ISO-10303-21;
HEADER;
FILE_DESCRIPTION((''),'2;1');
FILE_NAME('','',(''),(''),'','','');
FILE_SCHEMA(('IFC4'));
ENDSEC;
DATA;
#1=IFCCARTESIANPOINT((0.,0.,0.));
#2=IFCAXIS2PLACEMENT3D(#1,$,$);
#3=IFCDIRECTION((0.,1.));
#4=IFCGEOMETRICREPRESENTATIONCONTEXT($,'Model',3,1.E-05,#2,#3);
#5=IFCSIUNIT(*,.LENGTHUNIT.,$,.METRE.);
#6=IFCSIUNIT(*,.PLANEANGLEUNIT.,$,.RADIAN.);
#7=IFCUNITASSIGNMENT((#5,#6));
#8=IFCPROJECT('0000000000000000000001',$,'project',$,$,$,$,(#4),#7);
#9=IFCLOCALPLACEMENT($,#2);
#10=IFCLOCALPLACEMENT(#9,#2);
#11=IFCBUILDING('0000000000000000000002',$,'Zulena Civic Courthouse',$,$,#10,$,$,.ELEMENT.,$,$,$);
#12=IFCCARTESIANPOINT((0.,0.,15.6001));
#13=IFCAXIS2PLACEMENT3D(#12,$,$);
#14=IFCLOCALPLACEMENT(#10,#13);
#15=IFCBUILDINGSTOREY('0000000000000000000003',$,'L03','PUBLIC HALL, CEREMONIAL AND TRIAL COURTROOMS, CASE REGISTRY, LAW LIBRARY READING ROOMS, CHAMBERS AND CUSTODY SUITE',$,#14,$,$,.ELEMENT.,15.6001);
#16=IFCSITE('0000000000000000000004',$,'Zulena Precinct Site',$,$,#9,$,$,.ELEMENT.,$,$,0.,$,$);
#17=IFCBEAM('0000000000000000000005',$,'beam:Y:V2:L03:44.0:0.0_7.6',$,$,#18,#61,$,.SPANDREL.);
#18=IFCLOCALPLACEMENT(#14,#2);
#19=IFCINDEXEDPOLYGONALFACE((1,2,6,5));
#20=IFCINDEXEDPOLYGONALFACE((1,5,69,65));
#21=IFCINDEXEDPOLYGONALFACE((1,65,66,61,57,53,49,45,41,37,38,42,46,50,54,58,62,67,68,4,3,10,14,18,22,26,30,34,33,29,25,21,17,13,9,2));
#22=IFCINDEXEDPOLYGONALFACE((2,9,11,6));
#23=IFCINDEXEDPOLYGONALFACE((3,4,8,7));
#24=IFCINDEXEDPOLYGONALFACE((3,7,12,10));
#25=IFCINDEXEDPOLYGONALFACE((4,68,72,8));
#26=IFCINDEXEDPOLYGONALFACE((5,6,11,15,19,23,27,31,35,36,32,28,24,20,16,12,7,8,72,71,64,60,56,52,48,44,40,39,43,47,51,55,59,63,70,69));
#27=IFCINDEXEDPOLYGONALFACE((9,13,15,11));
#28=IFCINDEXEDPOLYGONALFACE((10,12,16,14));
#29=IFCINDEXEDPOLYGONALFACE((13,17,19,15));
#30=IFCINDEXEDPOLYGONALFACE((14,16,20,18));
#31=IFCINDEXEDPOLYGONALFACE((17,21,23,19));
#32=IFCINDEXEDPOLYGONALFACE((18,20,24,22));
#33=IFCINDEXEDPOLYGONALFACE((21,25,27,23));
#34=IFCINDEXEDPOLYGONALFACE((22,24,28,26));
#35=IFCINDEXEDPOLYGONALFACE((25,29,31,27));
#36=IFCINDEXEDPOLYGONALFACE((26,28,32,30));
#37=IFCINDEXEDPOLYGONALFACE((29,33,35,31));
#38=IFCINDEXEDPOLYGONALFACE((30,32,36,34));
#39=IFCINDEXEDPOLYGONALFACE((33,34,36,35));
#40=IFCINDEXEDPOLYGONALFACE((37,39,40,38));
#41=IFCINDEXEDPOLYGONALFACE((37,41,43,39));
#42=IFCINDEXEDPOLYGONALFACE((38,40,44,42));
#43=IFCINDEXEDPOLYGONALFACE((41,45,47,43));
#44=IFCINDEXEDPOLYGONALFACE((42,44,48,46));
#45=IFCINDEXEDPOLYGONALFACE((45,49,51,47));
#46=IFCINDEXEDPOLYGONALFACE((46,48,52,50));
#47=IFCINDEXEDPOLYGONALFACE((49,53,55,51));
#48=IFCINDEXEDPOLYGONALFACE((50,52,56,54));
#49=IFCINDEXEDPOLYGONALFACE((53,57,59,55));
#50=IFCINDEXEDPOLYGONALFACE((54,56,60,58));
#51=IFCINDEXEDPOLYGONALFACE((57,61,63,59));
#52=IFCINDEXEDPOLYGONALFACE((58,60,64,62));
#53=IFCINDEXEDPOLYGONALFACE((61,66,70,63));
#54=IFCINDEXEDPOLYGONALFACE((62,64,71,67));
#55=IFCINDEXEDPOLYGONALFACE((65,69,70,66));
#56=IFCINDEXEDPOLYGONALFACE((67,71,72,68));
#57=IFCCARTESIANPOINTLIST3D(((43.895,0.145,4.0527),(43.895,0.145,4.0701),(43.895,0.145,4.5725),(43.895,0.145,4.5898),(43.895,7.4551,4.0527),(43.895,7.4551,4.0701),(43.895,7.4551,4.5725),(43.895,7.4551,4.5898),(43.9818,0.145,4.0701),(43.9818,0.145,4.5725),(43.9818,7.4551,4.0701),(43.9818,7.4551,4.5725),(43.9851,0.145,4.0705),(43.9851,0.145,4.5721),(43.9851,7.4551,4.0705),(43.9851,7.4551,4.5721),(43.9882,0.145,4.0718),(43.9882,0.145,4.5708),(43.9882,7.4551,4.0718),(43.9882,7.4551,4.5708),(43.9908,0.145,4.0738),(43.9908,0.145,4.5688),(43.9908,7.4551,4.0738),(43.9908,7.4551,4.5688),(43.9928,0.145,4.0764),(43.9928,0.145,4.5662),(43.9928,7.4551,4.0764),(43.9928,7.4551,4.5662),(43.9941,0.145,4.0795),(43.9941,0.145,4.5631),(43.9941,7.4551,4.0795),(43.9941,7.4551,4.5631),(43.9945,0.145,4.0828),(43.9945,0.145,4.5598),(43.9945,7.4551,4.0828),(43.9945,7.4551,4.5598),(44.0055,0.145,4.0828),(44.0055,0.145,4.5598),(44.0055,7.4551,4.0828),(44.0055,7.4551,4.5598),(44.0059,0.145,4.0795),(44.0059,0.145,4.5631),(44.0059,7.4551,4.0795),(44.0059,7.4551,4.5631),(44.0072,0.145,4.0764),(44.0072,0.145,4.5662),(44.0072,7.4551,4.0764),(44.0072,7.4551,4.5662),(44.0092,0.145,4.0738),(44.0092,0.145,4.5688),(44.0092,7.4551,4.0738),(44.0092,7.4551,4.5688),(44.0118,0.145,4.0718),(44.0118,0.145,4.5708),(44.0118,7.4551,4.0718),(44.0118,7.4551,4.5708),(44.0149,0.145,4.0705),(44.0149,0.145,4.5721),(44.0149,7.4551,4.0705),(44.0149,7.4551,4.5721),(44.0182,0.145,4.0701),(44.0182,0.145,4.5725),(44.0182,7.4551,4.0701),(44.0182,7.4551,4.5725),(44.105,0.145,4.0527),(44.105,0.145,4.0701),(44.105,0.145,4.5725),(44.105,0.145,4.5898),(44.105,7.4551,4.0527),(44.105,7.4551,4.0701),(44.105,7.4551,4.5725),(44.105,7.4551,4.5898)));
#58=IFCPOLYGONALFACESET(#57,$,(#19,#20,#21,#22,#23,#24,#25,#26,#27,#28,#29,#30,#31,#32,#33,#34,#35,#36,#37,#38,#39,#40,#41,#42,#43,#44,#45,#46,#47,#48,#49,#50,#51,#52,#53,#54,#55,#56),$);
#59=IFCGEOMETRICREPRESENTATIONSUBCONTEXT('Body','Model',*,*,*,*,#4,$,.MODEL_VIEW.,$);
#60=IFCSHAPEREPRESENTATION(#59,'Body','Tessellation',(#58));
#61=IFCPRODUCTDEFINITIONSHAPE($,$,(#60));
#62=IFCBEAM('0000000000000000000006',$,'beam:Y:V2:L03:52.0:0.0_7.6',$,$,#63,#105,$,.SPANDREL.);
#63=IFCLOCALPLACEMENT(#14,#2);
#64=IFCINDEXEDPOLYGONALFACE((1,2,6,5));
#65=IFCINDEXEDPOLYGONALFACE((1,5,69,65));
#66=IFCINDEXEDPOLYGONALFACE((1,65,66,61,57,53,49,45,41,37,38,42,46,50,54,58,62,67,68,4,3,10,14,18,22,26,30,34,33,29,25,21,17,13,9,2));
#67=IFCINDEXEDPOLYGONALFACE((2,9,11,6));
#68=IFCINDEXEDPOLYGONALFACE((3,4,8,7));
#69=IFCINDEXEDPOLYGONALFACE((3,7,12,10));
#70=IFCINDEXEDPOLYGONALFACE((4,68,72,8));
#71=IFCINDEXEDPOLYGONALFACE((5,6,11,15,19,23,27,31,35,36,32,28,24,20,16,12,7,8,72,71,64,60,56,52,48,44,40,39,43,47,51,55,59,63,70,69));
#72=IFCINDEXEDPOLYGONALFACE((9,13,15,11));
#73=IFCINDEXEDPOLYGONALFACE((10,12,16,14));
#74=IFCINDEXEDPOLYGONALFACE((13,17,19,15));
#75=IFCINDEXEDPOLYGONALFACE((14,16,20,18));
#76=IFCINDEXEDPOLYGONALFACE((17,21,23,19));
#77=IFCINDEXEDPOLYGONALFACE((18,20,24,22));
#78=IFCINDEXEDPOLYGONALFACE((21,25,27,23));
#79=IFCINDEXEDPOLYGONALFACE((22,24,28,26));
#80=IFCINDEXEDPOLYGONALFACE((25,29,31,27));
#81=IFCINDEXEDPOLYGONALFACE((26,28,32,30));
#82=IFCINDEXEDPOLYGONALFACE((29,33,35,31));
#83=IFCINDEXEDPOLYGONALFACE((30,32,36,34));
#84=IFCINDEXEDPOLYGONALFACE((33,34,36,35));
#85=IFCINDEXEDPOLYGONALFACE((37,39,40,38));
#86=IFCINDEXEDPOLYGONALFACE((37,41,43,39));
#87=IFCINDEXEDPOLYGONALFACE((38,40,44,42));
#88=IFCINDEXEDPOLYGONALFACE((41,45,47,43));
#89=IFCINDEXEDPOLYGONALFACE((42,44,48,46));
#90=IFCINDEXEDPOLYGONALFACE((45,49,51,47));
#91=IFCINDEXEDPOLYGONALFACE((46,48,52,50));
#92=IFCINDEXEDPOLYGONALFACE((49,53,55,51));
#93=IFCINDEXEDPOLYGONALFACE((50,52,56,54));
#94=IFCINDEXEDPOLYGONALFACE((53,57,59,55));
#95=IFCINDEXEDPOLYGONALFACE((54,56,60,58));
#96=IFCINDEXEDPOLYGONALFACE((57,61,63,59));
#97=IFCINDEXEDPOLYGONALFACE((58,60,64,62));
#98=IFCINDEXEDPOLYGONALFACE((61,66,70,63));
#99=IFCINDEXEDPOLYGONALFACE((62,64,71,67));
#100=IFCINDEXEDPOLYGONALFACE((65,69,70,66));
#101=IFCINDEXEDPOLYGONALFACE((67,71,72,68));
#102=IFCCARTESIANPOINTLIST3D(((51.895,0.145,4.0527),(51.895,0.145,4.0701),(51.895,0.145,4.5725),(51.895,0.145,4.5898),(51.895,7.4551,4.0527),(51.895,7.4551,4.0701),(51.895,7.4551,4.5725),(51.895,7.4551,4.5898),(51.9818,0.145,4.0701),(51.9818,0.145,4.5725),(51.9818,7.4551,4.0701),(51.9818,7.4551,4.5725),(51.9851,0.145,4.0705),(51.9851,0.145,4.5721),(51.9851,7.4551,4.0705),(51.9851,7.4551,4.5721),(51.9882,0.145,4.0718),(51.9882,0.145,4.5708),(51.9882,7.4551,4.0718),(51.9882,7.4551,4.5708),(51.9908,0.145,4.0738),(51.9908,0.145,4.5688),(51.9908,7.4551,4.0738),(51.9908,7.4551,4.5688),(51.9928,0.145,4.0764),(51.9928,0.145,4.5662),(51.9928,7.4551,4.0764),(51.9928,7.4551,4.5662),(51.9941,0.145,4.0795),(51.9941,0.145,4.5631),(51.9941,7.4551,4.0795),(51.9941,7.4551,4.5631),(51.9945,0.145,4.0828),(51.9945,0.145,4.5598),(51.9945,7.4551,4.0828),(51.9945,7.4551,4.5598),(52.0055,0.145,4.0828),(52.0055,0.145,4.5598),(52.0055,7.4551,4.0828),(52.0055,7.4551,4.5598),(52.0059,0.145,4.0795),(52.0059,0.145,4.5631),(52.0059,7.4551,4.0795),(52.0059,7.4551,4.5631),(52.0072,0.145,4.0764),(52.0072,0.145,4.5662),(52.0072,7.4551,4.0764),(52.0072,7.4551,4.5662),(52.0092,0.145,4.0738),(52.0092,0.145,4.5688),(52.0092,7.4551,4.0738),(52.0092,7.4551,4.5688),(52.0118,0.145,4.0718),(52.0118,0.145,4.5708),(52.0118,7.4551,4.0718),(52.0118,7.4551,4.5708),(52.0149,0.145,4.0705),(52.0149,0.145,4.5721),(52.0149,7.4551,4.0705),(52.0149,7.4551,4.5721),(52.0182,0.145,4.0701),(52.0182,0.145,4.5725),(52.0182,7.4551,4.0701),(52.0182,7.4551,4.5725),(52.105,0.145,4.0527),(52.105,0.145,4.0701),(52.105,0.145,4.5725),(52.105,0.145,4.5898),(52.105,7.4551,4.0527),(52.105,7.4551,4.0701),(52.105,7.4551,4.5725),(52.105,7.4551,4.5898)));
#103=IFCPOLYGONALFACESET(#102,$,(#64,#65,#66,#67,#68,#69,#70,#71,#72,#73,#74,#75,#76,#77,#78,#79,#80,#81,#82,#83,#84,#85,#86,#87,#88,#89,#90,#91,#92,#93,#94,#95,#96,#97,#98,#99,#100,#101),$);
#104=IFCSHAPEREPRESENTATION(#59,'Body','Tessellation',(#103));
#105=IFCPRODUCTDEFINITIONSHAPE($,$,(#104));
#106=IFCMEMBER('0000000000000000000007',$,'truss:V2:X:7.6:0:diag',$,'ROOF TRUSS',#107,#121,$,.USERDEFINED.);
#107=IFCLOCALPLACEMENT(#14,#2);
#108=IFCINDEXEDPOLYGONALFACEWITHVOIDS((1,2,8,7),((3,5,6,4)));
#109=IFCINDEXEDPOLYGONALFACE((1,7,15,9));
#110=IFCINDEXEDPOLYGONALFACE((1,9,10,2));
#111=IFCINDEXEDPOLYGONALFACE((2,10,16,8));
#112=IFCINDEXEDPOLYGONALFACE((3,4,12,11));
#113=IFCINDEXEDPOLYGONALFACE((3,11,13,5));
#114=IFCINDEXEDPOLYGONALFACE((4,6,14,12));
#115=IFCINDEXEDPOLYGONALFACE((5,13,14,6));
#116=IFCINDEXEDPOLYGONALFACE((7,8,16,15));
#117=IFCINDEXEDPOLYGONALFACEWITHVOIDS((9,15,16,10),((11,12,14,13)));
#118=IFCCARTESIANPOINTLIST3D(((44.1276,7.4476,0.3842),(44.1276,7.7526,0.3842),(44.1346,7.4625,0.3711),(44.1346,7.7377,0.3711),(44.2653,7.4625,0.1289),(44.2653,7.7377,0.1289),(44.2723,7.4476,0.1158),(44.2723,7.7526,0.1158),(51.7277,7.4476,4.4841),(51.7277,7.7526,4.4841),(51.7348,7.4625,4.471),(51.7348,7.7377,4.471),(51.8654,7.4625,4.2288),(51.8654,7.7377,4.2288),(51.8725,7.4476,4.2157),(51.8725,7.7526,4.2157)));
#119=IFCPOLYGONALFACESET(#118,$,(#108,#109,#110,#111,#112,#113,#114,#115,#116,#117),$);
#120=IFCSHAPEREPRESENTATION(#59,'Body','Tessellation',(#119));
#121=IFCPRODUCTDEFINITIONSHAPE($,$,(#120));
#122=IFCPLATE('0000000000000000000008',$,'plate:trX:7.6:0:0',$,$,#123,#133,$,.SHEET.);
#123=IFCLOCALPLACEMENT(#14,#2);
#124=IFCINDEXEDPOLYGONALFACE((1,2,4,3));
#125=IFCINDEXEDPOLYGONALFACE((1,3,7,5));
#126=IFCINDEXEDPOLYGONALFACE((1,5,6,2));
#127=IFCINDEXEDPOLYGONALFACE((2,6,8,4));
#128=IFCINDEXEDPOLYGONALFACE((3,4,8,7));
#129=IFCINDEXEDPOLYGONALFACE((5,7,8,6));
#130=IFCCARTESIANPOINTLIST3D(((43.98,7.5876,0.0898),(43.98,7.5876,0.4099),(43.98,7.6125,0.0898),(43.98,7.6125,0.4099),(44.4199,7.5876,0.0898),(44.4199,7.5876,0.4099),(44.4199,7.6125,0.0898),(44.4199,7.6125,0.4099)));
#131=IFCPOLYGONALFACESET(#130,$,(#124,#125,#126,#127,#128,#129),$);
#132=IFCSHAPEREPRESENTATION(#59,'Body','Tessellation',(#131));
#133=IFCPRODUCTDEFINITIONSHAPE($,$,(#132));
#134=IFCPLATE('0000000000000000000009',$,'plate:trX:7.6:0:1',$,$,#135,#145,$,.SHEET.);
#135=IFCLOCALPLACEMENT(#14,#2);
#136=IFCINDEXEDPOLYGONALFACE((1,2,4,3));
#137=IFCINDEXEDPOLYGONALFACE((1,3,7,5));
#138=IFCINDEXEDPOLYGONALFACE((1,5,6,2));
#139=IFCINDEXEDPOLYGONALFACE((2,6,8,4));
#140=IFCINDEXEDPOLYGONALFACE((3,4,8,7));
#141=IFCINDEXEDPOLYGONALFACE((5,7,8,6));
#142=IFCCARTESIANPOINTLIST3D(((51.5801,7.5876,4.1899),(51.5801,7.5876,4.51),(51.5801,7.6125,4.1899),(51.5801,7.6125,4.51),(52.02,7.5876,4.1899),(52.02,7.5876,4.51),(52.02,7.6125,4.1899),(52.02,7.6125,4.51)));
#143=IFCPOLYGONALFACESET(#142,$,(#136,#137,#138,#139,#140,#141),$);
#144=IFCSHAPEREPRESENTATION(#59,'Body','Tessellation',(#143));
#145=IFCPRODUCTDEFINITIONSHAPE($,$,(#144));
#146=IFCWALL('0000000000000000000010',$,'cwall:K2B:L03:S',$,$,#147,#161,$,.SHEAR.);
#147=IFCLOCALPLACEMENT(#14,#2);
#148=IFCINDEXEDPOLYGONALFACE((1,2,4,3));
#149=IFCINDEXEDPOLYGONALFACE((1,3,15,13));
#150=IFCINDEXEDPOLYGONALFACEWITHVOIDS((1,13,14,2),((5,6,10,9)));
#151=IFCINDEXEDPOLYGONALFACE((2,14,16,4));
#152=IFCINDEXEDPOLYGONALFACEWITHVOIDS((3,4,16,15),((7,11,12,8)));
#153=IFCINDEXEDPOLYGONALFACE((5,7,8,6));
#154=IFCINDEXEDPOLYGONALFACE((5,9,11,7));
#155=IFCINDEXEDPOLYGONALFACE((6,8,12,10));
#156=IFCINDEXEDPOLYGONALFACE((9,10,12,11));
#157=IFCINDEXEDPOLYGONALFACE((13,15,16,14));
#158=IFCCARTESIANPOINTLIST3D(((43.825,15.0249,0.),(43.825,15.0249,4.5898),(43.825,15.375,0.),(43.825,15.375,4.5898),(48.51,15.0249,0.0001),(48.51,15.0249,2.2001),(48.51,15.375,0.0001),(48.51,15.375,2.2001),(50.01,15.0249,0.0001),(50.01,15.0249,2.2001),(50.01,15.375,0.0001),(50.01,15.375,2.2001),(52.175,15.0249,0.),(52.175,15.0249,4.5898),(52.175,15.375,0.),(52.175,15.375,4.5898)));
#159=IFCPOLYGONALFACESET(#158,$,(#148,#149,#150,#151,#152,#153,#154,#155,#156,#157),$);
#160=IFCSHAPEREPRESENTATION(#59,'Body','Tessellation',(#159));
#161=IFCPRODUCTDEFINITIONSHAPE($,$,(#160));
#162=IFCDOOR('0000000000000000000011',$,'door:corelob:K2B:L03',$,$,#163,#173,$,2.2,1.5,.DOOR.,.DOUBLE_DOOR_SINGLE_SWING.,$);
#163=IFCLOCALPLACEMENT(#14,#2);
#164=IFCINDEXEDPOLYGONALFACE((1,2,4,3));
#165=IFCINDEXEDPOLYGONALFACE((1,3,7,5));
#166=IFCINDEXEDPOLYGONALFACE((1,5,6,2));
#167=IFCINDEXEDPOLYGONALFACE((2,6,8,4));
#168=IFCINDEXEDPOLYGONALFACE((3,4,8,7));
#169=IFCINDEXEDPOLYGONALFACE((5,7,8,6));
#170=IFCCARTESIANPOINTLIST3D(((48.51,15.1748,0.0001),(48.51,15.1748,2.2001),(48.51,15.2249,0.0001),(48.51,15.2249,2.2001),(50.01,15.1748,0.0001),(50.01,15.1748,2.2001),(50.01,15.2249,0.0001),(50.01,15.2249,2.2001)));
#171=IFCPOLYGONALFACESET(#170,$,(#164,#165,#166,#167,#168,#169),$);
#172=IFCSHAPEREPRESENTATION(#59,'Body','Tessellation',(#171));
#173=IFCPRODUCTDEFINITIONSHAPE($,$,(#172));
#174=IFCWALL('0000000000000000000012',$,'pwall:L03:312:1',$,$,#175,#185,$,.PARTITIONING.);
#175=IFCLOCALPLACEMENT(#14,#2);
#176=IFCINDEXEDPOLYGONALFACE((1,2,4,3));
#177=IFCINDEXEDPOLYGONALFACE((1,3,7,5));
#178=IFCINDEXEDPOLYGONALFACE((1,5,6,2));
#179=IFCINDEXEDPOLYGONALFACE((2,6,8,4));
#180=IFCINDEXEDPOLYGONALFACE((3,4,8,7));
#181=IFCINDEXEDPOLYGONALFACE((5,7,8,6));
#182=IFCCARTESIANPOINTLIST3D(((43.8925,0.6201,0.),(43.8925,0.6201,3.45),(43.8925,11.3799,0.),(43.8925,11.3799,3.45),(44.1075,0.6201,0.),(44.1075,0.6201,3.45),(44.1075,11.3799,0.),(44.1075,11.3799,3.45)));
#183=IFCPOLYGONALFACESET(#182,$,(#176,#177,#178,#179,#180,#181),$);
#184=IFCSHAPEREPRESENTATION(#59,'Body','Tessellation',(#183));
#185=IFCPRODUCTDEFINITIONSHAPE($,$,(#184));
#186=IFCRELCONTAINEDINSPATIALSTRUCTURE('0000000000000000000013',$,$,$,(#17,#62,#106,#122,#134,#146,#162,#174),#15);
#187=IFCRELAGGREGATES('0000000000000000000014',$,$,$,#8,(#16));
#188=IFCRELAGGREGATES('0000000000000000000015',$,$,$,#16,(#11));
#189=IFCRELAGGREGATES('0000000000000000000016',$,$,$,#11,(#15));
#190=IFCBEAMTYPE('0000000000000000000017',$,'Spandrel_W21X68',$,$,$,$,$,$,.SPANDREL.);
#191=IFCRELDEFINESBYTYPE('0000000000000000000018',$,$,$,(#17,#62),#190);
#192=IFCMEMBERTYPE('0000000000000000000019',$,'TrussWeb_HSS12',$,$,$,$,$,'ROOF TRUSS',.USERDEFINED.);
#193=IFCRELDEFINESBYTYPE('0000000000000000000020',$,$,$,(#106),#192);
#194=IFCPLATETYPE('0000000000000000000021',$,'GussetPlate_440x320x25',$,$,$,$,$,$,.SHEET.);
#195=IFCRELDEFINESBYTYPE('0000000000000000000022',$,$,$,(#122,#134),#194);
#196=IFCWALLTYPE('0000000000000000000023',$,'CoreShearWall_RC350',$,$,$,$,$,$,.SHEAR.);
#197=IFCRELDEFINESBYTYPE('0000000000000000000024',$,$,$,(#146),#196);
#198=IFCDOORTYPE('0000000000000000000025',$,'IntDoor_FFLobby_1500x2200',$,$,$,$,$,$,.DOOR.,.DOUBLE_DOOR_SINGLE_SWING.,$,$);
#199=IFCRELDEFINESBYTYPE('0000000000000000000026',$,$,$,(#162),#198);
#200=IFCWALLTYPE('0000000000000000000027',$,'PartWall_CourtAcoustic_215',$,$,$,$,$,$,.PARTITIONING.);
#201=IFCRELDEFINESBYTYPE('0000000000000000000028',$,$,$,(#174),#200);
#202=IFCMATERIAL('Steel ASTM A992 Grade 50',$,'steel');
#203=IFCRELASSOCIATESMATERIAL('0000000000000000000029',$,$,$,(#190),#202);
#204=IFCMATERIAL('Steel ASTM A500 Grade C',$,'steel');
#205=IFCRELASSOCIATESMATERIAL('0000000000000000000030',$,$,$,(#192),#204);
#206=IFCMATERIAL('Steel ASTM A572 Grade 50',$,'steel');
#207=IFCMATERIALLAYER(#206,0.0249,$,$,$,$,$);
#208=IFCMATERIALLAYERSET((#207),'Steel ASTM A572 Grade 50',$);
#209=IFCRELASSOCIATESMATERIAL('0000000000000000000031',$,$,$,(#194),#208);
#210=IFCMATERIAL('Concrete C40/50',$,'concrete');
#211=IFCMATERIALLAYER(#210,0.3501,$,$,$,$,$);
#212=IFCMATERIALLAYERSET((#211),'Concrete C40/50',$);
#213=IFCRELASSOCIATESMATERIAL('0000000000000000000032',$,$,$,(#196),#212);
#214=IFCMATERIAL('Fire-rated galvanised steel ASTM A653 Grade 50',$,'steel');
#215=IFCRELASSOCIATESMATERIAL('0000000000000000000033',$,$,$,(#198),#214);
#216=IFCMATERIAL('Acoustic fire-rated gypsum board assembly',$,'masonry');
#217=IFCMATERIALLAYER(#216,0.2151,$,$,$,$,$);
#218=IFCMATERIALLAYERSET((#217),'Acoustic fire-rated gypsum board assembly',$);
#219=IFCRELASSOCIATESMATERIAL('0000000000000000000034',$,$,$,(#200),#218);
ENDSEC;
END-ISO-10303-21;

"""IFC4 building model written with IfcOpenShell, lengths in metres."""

from ifc_helpers import new_model, si_unit, direction, frame, frame_2d, origin, origin_2d, place, context, subcontext, project, spatial, rectangle, hollow_rectangle, i_section, extrude, material, layer, layer_set, material_profile, profile_set, type_object, element, fill, save


model = new_model("IFC4")

# Units and contexts
model_context = context("Model", 3, precision=1e-05, world=origin(), true_north=direction((0.0, 1.0)))
body_context = subcontext(model_context, "Body", "Model", "MODEL_VIEW")
ifc_project = project(units=[si_unit("LENGTHUNIT", "METRE"), si_unit("PLANEANGLEUNIT", "RADIAN")], contexts=[model_context])

# Site, building, storey
site_placement = place(None, origin())
site = spatial("IfcSite", under=ifc_project, at=site_placement, Name="Zulena Precinct Site", CompositionType="ELEMENT", RefElevation=0.0)
building_placement = place(site_placement, origin())
building = spatial("IfcBuilding", under=site, at=building_placement, Name="Zulena Civic Courthouse", CompositionType="ELEMENT")
storey_placement = place(building_placement, frame((0.0, 0.0, 15.6001)))
storey = spatial("IfcBuildingStorey", under=building, at=storey_placement, Name="L03", Description="PUBLIC HALL, CEREMONIAL AND TRIAL COURTROOMS, CASE REGISTRY, LAW LIBRARY READING ROOMS, CHAMBERS AND CUSTODY SUITE", CompositionType="ELEMENT", Elevation=15.6001)

# Shared definitions
ifc_material_1 = material(Name="Steel ASTM A992 Grade 50", Category="steel")

# Beams
ifc_material_profile_1 = material_profile(ifc_material_1, i_section(OverallWidth=0.21, OverallDepth=0.5371, WebThickness=0.011, FlangeThickness=0.0173, FilletRadius=0.0127, at=origin_2d()), Name="W21X68")
ifc_profile_set_1 = profile_set([ifc_material_profile_1], Name="Steel ASTM A992 Grade 50")
beam_type_1 = type_object("IfcBeamType", Name="Spandrel_W21X68", PredefinedType="SPANDREL", material=ifc_profile_set_1)
for number, where, z_axis, x_axis, name in (
    (1, (44.0, 0.145, 4.3213), (0.0, 1.0, 0.0), (-1.0, 0.0, 0.0), "beam:Y:V2:L03:44.0:0.0_7.6"),
    (2, (52.0, 0.145, 4.3213), (0.0, 1.0, 0.0), (-1.0, 0.0, 0.0), "beam:Y:V2:L03:52.0:0.0_7.6"),
):
    element("IfcBeam", number, at=place(storey_placement, frame(where, z_axis=z_axis, x_axis=x_axis)), inside=storey, type_object=beam_type_1, Name=name, PredefinedType="SPANDREL", context=body_context, shape_type="SweptSolid", body=[
        extrude(i_section(OverallWidth=0.21, OverallDepth=0.5371, WebThickness=0.011, FlangeThickness=0.0173, FilletRadius=0.0127, at=origin_2d()), origin(), (0.0, 0.0, 1.0), 7.3101),
    ])

# Member
ifc_material_2 = material(Name="Steel ASTM A500 Grade C", Category="steel")
ifc_material_profile_2 = material_profile(ifc_material_2, hollow_rectangle(XDim=0.3049, YDim=0.3049, WallThickness=0.0149, at=origin_2d()), Name="HSS12X12X5/8")
ifc_profile_set_2 = profile_set([ifc_material_profile_2], Name="Steel ASTM A500 Grade C")
member_type = type_object("IfcMemberType", Name="TrussWeb_HSS12", ElementType="ROOF TRUSS", PredefinedType="USERDEFINED", material=ifc_profile_set_2)
member_placement = place(storey_placement, frame((44.2, 7.6001, 0.25), z_axis=(0.880109, 0.0, 0.474772), x_axis=(0.0, 1.0, 0.0)))
element("IfcMember", 3, at=member_placement, inside=storey, type_object=member_type, Name="truss:V2:X:7.6:0:diag", ObjectType="ROOF TRUSS", PredefinedType="USERDEFINED", context=body_context, shape_type="SweptSolid", body=[
    extrude(hollow_rectangle(XDim=0.3049, YDim=0.3049, WallThickness=0.0149, at=origin_2d()), origin(), (0.0, 0.0, 1.0), 8.6355),
])

# Plates
ifc_material_3 = material(Name="Steel ASTM A572 Grade 50", Category="steel")
ifc_layer_1 = layer(ifc_material_3, 0.0249)
ifc_layer_set_1 = layer_set([ifc_layer_1], Name="Steel ASTM A572 Grade 50")
plate_type = type_object("IfcPlateType", Name="GussetPlate_440x320x25", PredefinedType="SHEET", material=ifc_layer_set_1)
for number, where, z_axis, x_axis, name in (
    (4, (44.2, 7.6001, 0.0898), (0.0, 0.0, 1.0), (1.0, 0.0, 0.0), "plate:trX:7.6:0:0"),
    (5, (51.8, 7.6001, 4.1899), (0.0, 0.0, 1.0), (1.0, 0.0, 0.0), "plate:trX:7.6:0:1"),
):
    element("IfcPlate", number, at=place(storey_placement, frame(where, z_axis=z_axis, x_axis=x_axis)), inside=storey, type_object=plate_type, Name=name, PredefinedType="SHEET", context=body_context, shape_type="SweptSolid", body=[
        extrude(rectangle(XDim=0.4399, YDim=0.0249, at=origin_2d()), origin(), (0.0, 0.0, 1.0), 0.3201),
    ])

# Wall, opening, door
ifc_material_4 = material(Name="Concrete C40/50", Category="concrete")
ifc_layer_2 = layer(ifc_material_4, 0.3501)
ifc_layer_set_2 = layer_set([ifc_layer_2], Name="Concrete C40/50")
wall_type_1 = type_object("IfcWallType", Name="CoreShearWall_RC350", PredefinedType="SHEAR", material=ifc_layer_set_2)
wall_1_placement = place(storey_placement, frame((43.825, 15.2, 0.0), z_axis=(0.0, 0.0, 1.0), x_axis=(1.0, 0.0, 0.0)))
wall_1 = element("IfcWall", 6, at=wall_1_placement, inside=storey, type_object=wall_type_1, Name="cwall:K2B:L03:S", PredefinedType="SHEAR", context=body_context, shape_type="SweptSolid", body=[
    extrude(rectangle(XDim=8.3501, YDim=0.3501, at=frame_2d((4.175, 0.0))), origin(), (0.0, 0.0, 1.0), 4.5898),
])
opening_1_placement = place(wall_1_placement, frame((4.6851, 0.0, 0.0)))
opening_1 = element("IfcOpeningElement", 7, at=opening_1_placement, cuts=wall_1, PredefinedType="OPENING", context=body_context, shape_type="SweptSolid", body=[
    extrude(rectangle(XDim=1.5, YDim=2.2, at=frame_2d((0.75, 1.1001))), frame((0.0, 0.1851, 0.0), z_axis=(0.0, -1.0, 0.0), x_axis=(1.0, 0.0, 0.0)), (0.0, 0.0, 1.0), 0.3701),
])
ifc_material_5 = material(Name="Fire-rated galvanised steel ASTM A653 Grade 50", Category="steel")
door_type_1 = type_object("IfcDoorType", Name="IntDoor_FFLobby_1500x2200", OperationType="DOUBLE_DOOR_SINGLE_SWING", PredefinedType="DOOR", material=ifc_material_5)
door_1_placement = place(opening_1_placement, origin())
door_1 = element("IfcDoor", 8, at=door_1_placement, inside=storey, type_object=door_type_1, Name="door:corelob:K2B:L03", OperationType="DOUBLE_DOOR_SINGLE_SWING", OverallHeight=2.2, OverallWidth=1.5, PredefinedType="DOOR", context=body_context, shape_type="SweptSolid", body=[
    extrude(rectangle(XDim=1.5, YDim=2.2, at=frame_2d((0.75, 1.1001))), frame((0.0, 0.0249, 0.0), z_axis=(0.0, -1.0, 0.0), x_axis=(1.0, 0.0, 0.0)), (0.0, 0.0, 1.0), 0.05),
])
fill(opening_1, door_1)

# Wall
ifc_material_6 = material(Name="Acoustic fire-rated gypsum board assembly", Category="masonry")
ifc_layer_3 = layer(ifc_material_6, 0.2151)
ifc_layer_set_3 = layer_set([ifc_layer_3], Name="Acoustic fire-rated gypsum board assembly")
wall_type_2 = type_object("IfcWallType", Name="PartWall_CourtAcoustic_215", PredefinedType="PARTITIONING", material=ifc_layer_set_3)
wall_2_placement = place(storey_placement, frame((44.0, 0.6201, 0.0), z_axis=(0.0, 0.0, 1.0), x_axis=(0.0, 1.0, 0.0)))
element("IfcWall", 9, at=wall_2_placement, inside=storey, type_object=wall_type_2, Name="pwall:L03:312:1", PredefinedType="PARTITIONING", context=body_context, shape_type="SweptSolid", body=[
    extrude(rectangle(XDim=10.7598, YDim=0.2151, at=frame_2d((5.3799, 0.0))), origin(), (0.0, 0.0, 1.0), 3.45),
])

save(model, "model.ifc")
